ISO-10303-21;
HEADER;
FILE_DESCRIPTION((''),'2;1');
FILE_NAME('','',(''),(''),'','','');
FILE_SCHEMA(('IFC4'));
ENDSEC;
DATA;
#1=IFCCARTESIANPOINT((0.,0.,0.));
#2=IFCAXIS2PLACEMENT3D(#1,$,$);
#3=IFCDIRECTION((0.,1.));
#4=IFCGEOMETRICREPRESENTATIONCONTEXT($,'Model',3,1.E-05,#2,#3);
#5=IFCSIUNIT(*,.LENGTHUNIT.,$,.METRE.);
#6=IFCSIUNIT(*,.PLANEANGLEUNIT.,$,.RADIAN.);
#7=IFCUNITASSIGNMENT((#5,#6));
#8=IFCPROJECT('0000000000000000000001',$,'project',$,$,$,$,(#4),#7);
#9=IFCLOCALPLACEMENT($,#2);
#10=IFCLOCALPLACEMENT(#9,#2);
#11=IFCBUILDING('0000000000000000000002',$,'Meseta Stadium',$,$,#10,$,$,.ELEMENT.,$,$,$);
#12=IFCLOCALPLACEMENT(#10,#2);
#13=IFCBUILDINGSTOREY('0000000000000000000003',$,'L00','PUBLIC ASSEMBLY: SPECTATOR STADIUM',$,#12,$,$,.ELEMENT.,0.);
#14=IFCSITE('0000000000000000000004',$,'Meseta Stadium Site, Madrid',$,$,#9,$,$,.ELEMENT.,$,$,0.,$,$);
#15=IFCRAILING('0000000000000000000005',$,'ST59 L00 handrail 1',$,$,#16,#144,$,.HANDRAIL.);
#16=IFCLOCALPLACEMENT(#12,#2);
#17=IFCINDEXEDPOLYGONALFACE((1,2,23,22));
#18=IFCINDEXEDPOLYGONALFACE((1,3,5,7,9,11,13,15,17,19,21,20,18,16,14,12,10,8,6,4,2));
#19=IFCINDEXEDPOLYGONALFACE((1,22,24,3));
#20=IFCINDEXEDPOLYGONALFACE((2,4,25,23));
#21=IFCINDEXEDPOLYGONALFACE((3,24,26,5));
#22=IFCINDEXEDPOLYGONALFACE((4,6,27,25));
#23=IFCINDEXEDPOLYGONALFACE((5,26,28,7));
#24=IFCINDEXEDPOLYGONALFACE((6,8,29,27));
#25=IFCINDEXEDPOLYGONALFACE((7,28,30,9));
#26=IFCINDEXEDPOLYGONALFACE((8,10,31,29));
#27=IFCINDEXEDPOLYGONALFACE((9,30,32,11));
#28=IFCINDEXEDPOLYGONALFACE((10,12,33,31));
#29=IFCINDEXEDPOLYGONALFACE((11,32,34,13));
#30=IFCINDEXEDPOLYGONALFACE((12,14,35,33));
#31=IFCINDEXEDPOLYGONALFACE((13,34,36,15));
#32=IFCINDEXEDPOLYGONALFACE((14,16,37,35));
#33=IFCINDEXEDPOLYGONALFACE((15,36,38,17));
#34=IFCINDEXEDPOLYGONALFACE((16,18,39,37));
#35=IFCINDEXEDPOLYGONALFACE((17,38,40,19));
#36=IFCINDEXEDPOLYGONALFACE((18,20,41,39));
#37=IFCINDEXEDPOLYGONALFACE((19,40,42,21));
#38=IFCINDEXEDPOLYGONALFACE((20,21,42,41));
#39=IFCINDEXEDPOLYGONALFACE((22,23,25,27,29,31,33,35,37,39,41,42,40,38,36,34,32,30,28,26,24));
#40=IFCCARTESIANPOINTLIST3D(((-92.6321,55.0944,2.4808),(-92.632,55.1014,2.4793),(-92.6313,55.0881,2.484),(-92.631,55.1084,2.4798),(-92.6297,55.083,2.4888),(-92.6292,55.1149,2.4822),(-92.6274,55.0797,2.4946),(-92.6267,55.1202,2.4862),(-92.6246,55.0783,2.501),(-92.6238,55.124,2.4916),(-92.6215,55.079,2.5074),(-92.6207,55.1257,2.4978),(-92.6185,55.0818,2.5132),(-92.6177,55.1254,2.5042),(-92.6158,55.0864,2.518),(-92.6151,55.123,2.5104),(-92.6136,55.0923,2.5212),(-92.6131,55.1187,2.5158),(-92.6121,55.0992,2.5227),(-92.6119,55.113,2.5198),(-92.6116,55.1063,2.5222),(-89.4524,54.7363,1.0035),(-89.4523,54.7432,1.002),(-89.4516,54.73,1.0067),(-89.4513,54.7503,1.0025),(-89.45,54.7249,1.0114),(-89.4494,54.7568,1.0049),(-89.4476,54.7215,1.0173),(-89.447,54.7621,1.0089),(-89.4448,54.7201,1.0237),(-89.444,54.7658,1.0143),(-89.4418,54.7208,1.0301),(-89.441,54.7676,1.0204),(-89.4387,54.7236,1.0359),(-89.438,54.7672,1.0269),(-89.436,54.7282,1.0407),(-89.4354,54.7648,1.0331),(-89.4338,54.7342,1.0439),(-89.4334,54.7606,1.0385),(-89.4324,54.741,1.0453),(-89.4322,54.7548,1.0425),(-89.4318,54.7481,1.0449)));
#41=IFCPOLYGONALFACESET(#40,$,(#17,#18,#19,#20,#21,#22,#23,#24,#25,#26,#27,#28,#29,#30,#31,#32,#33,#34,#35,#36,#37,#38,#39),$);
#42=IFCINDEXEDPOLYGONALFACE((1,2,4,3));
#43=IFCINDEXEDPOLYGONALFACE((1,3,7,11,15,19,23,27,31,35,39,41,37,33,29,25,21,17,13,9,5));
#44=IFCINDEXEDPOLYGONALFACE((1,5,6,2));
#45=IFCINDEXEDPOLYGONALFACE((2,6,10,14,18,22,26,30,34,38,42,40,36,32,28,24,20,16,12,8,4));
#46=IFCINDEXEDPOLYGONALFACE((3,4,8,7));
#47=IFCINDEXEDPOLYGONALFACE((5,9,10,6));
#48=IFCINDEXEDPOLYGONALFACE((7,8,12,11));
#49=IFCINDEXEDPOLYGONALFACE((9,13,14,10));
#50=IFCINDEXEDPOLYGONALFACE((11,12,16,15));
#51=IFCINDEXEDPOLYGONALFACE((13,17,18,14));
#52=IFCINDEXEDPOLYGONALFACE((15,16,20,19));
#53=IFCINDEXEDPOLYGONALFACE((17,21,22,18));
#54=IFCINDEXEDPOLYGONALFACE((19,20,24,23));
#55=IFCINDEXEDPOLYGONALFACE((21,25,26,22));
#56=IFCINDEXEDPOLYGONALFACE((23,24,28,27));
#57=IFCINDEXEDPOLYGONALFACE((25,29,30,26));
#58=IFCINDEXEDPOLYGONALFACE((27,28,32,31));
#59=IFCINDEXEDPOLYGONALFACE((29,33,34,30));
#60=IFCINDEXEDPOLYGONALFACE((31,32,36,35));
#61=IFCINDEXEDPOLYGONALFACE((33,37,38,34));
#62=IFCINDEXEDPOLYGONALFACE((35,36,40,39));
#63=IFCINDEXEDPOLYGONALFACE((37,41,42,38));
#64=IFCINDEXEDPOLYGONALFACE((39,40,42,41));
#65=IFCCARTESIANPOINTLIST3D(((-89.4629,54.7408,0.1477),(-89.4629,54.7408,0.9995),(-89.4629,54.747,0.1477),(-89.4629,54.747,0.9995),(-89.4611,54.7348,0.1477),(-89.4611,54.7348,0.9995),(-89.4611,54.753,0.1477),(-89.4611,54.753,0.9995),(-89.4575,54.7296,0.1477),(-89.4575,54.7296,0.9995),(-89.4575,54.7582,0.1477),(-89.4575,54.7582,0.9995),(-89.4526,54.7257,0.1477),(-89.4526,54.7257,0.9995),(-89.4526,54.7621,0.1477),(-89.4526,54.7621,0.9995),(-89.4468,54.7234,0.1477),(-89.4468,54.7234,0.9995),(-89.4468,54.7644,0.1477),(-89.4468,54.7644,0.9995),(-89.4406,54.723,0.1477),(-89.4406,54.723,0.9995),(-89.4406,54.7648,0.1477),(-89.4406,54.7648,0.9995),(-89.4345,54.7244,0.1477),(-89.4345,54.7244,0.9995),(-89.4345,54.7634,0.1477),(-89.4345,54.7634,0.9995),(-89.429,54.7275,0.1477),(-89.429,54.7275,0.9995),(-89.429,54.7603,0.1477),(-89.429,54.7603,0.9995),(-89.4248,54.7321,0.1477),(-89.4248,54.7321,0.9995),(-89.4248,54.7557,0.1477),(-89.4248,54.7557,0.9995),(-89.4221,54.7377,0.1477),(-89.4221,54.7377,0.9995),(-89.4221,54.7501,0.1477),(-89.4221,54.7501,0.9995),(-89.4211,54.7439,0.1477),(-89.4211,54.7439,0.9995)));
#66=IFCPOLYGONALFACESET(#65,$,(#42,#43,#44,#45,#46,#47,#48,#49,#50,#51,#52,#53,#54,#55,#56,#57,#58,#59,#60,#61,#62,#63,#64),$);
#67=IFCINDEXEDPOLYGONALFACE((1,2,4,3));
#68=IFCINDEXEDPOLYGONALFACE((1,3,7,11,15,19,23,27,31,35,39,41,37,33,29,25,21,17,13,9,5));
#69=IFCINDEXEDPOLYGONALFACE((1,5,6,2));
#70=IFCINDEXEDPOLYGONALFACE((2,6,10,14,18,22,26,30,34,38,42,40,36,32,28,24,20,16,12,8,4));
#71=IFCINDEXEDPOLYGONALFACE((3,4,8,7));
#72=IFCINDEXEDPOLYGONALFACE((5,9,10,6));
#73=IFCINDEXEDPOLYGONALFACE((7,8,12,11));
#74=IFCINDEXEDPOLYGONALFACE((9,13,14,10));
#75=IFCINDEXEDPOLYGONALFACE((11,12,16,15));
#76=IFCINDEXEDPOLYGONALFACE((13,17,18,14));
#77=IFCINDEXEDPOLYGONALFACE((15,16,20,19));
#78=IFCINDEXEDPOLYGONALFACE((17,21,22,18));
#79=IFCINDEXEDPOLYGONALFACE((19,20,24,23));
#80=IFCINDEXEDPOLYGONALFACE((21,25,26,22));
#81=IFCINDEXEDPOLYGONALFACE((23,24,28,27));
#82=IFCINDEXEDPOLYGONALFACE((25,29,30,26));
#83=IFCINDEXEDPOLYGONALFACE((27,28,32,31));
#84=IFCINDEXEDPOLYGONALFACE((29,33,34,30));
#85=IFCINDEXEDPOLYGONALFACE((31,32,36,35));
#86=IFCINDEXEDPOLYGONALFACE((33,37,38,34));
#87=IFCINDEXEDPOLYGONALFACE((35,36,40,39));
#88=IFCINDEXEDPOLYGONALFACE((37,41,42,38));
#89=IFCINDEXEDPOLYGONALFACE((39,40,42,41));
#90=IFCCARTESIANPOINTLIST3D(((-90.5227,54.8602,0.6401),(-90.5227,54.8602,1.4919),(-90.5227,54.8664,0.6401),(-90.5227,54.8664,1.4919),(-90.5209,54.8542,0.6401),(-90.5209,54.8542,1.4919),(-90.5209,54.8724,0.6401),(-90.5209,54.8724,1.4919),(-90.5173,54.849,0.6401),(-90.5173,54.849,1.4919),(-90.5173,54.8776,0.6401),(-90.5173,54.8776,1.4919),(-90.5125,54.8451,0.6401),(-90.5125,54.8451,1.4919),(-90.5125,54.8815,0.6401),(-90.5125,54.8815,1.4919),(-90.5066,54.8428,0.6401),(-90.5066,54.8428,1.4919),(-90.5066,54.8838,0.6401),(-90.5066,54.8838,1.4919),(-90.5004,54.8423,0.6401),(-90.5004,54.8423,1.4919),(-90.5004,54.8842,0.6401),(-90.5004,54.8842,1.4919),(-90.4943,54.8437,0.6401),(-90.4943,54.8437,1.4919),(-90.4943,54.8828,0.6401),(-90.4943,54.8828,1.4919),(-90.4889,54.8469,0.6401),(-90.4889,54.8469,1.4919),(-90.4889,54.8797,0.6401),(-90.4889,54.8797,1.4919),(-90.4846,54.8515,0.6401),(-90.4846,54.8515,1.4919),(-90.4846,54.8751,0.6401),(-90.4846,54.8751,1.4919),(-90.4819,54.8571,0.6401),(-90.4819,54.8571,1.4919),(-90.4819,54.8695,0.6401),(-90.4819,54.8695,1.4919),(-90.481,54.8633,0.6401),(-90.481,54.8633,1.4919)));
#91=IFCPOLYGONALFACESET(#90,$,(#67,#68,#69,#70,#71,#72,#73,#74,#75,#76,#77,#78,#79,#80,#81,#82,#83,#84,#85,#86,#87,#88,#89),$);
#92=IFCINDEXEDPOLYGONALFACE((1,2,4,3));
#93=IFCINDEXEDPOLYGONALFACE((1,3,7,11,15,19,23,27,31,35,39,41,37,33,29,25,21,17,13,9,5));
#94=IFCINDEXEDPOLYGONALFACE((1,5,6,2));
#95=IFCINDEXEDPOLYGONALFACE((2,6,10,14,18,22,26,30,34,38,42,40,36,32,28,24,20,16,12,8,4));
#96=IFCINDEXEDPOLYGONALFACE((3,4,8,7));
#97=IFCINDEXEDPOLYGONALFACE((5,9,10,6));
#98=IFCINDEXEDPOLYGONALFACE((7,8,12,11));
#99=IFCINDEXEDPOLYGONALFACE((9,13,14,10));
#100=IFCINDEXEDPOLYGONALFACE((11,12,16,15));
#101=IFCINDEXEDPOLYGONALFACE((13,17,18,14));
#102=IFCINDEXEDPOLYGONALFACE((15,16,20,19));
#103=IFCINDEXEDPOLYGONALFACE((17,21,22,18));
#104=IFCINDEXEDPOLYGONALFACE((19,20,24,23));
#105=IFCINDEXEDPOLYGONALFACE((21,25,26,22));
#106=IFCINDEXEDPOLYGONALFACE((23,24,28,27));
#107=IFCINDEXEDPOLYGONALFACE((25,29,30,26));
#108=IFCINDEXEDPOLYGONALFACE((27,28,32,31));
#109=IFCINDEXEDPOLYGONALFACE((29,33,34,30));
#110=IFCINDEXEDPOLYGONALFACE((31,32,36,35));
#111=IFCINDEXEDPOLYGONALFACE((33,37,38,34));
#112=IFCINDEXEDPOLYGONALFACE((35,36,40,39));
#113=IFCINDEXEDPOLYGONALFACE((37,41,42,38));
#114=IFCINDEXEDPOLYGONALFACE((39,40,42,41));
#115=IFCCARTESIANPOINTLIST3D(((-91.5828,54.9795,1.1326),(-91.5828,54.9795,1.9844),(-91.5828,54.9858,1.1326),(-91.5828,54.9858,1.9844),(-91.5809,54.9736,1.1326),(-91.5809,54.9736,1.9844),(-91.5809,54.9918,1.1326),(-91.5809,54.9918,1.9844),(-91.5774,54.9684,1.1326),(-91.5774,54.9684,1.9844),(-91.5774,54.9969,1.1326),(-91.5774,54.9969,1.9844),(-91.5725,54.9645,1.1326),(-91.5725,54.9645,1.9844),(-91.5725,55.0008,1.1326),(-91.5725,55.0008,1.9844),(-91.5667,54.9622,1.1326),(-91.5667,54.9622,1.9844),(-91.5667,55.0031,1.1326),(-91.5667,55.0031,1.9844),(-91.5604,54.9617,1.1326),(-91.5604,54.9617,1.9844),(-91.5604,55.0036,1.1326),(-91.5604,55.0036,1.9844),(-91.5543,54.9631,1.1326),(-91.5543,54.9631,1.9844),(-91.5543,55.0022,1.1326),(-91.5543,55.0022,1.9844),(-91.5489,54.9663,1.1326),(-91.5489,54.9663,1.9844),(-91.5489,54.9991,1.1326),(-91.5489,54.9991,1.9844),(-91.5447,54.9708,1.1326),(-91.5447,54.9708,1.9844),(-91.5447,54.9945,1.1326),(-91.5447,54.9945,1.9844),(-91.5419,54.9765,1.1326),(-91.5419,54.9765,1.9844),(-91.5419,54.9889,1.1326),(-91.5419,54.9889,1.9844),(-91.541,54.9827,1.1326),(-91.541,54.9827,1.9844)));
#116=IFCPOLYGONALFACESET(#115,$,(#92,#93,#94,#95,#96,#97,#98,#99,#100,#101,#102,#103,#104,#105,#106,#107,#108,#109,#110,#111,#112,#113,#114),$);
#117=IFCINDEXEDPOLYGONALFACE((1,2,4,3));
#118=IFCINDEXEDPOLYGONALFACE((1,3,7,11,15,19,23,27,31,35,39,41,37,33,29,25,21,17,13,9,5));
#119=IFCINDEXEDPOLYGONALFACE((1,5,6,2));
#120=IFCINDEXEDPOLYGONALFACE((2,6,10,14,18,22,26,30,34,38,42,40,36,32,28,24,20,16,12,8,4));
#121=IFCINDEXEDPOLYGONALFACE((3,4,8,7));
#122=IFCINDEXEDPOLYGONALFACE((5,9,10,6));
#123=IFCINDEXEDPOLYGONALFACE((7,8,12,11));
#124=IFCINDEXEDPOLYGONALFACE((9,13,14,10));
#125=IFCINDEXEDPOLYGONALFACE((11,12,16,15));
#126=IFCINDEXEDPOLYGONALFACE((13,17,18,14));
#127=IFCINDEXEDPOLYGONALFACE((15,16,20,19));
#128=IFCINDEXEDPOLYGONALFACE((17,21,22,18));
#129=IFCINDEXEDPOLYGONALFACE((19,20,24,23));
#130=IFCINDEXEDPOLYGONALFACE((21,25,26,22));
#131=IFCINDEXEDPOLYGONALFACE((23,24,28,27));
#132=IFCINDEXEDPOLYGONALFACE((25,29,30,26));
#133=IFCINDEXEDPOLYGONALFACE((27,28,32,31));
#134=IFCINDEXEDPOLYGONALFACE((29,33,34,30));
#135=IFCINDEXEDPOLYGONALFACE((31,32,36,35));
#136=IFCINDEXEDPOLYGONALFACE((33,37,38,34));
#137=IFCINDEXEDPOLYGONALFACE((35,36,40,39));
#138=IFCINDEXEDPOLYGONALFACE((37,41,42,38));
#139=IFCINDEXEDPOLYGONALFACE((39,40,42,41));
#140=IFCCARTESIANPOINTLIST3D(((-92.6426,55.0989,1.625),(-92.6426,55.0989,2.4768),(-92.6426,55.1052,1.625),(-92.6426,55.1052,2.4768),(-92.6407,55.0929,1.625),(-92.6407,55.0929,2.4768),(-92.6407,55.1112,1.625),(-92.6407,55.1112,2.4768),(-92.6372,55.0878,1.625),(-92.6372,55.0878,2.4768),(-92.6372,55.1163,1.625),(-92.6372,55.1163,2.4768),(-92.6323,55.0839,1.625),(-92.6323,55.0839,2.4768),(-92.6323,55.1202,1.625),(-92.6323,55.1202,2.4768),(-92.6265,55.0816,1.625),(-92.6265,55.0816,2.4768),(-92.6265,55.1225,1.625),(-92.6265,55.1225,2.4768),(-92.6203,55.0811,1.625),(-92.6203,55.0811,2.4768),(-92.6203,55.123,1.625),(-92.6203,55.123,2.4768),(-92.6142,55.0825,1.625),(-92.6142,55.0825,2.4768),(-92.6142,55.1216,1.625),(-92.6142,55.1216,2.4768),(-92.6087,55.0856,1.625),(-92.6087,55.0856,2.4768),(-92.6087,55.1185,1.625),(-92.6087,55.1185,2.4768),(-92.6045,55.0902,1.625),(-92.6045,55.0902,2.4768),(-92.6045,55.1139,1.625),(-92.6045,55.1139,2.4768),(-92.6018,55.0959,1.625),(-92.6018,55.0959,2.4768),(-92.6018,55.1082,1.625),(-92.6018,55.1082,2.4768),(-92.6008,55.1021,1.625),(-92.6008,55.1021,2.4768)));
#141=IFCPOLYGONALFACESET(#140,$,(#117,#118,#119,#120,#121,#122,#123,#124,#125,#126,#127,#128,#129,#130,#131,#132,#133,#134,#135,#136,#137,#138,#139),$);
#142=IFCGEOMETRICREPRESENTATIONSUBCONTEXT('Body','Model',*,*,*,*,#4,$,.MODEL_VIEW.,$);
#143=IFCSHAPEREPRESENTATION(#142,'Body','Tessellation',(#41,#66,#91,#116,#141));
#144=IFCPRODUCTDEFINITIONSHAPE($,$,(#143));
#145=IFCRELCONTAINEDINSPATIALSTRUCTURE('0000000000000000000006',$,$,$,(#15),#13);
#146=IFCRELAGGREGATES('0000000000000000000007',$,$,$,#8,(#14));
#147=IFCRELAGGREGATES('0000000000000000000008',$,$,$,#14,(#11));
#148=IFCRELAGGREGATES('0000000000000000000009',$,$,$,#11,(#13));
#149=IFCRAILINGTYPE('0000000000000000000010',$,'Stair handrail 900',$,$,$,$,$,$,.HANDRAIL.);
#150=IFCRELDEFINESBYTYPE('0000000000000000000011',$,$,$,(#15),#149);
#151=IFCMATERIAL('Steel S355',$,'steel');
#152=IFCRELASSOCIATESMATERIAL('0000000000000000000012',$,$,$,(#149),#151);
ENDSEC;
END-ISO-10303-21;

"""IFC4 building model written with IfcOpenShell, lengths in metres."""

from ifc_helpers import new_model, si_unit, direction, frame, origin, origin_2d, place, context, subcontext, project, spatial, circle, extrude, material, type_object, element, save


model = new_model("IFC4")

# Units and contexts
model_context = context("Model", 3, precision=1e-05, world=origin(), true_north=direction((0.0, 1.0)))
body_context = subcontext(model_context, "Body", "Model", "MODEL_VIEW")
ifc_project = project(units=[si_unit("LENGTHUNIT", "METRE"), si_unit("PLANEANGLEUNIT", "RADIAN")], contexts=[model_context])

# Site, building, storey
site_placement = place(None, origin())
site = spatial("IfcSite", under=ifc_project, at=site_placement, Name="Meseta Stadium Site, Madrid", CompositionType="ELEMENT", RefElevation=0.0)
building_placement = place(site_placement, origin())
building = spatial("IfcBuilding", under=site, at=building_placement, Name="Meseta Stadium", CompositionType="ELEMENT")
storey_placement = place(building_placement, origin())
storey = spatial("IfcBuildingStorey", under=building, at=storey_placement, Name="L00", Description="PUBLIC ASSEMBLY: SPECTATOR STADIUM", CompositionType="ELEMENT", Elevation=0.0)

# Railing
ifc_material_1 = material(Name="Steel S355", Category="steel")
railing_type_1 = type_object("IfcRailingType", Name="Stair handrail 900", PredefinedType="HANDRAIL", material=ifc_material_1)
for number, where, name in (
    (1, (-89.4421, 54.7439, 0.1477), "ST59 L00 handrail 1"),
):
    element("IfcRailing", number, at=place(storey_placement, frame(where)), inside=storey, type_object=railing_type_1, Name=name, PredefinedType="HANDRAIL", context=body_context, shape_type="SweptSolid", body=[
        extrude(circle(Radius=0.0239, at=origin_2d()), frame((0.0, 0.0, 0.876), z_axis=(-0.902204, 0.101623, 0.419167), x_axis=(-0.11193, -0.993716, 0.0)), (0.0, 0.0, 1.0), 3.5244),
        extrude(circle(Radius=0.021, at=origin_2d()), origin(), (0.0, 0.0, 1.0), 0.8518),
        extrude(circle(Radius=0.021, at=origin_2d()), frame((-1.0598, 0.1194, 0.4924)), (0.0, 0.0, 1.0), 0.8518),
        extrude(circle(Radius=0.021, at=origin_2d()), frame((-2.1199, 0.2388, 0.9849)), (0.0, 0.0, 1.0), 0.8518),
        extrude(circle(Radius=0.021, at=origin_2d()), frame((-3.1797, 0.3582, 1.4773)), (0.0, 0.0, 1.0), 0.8518),
    ])

save(model, "model.ifc")
